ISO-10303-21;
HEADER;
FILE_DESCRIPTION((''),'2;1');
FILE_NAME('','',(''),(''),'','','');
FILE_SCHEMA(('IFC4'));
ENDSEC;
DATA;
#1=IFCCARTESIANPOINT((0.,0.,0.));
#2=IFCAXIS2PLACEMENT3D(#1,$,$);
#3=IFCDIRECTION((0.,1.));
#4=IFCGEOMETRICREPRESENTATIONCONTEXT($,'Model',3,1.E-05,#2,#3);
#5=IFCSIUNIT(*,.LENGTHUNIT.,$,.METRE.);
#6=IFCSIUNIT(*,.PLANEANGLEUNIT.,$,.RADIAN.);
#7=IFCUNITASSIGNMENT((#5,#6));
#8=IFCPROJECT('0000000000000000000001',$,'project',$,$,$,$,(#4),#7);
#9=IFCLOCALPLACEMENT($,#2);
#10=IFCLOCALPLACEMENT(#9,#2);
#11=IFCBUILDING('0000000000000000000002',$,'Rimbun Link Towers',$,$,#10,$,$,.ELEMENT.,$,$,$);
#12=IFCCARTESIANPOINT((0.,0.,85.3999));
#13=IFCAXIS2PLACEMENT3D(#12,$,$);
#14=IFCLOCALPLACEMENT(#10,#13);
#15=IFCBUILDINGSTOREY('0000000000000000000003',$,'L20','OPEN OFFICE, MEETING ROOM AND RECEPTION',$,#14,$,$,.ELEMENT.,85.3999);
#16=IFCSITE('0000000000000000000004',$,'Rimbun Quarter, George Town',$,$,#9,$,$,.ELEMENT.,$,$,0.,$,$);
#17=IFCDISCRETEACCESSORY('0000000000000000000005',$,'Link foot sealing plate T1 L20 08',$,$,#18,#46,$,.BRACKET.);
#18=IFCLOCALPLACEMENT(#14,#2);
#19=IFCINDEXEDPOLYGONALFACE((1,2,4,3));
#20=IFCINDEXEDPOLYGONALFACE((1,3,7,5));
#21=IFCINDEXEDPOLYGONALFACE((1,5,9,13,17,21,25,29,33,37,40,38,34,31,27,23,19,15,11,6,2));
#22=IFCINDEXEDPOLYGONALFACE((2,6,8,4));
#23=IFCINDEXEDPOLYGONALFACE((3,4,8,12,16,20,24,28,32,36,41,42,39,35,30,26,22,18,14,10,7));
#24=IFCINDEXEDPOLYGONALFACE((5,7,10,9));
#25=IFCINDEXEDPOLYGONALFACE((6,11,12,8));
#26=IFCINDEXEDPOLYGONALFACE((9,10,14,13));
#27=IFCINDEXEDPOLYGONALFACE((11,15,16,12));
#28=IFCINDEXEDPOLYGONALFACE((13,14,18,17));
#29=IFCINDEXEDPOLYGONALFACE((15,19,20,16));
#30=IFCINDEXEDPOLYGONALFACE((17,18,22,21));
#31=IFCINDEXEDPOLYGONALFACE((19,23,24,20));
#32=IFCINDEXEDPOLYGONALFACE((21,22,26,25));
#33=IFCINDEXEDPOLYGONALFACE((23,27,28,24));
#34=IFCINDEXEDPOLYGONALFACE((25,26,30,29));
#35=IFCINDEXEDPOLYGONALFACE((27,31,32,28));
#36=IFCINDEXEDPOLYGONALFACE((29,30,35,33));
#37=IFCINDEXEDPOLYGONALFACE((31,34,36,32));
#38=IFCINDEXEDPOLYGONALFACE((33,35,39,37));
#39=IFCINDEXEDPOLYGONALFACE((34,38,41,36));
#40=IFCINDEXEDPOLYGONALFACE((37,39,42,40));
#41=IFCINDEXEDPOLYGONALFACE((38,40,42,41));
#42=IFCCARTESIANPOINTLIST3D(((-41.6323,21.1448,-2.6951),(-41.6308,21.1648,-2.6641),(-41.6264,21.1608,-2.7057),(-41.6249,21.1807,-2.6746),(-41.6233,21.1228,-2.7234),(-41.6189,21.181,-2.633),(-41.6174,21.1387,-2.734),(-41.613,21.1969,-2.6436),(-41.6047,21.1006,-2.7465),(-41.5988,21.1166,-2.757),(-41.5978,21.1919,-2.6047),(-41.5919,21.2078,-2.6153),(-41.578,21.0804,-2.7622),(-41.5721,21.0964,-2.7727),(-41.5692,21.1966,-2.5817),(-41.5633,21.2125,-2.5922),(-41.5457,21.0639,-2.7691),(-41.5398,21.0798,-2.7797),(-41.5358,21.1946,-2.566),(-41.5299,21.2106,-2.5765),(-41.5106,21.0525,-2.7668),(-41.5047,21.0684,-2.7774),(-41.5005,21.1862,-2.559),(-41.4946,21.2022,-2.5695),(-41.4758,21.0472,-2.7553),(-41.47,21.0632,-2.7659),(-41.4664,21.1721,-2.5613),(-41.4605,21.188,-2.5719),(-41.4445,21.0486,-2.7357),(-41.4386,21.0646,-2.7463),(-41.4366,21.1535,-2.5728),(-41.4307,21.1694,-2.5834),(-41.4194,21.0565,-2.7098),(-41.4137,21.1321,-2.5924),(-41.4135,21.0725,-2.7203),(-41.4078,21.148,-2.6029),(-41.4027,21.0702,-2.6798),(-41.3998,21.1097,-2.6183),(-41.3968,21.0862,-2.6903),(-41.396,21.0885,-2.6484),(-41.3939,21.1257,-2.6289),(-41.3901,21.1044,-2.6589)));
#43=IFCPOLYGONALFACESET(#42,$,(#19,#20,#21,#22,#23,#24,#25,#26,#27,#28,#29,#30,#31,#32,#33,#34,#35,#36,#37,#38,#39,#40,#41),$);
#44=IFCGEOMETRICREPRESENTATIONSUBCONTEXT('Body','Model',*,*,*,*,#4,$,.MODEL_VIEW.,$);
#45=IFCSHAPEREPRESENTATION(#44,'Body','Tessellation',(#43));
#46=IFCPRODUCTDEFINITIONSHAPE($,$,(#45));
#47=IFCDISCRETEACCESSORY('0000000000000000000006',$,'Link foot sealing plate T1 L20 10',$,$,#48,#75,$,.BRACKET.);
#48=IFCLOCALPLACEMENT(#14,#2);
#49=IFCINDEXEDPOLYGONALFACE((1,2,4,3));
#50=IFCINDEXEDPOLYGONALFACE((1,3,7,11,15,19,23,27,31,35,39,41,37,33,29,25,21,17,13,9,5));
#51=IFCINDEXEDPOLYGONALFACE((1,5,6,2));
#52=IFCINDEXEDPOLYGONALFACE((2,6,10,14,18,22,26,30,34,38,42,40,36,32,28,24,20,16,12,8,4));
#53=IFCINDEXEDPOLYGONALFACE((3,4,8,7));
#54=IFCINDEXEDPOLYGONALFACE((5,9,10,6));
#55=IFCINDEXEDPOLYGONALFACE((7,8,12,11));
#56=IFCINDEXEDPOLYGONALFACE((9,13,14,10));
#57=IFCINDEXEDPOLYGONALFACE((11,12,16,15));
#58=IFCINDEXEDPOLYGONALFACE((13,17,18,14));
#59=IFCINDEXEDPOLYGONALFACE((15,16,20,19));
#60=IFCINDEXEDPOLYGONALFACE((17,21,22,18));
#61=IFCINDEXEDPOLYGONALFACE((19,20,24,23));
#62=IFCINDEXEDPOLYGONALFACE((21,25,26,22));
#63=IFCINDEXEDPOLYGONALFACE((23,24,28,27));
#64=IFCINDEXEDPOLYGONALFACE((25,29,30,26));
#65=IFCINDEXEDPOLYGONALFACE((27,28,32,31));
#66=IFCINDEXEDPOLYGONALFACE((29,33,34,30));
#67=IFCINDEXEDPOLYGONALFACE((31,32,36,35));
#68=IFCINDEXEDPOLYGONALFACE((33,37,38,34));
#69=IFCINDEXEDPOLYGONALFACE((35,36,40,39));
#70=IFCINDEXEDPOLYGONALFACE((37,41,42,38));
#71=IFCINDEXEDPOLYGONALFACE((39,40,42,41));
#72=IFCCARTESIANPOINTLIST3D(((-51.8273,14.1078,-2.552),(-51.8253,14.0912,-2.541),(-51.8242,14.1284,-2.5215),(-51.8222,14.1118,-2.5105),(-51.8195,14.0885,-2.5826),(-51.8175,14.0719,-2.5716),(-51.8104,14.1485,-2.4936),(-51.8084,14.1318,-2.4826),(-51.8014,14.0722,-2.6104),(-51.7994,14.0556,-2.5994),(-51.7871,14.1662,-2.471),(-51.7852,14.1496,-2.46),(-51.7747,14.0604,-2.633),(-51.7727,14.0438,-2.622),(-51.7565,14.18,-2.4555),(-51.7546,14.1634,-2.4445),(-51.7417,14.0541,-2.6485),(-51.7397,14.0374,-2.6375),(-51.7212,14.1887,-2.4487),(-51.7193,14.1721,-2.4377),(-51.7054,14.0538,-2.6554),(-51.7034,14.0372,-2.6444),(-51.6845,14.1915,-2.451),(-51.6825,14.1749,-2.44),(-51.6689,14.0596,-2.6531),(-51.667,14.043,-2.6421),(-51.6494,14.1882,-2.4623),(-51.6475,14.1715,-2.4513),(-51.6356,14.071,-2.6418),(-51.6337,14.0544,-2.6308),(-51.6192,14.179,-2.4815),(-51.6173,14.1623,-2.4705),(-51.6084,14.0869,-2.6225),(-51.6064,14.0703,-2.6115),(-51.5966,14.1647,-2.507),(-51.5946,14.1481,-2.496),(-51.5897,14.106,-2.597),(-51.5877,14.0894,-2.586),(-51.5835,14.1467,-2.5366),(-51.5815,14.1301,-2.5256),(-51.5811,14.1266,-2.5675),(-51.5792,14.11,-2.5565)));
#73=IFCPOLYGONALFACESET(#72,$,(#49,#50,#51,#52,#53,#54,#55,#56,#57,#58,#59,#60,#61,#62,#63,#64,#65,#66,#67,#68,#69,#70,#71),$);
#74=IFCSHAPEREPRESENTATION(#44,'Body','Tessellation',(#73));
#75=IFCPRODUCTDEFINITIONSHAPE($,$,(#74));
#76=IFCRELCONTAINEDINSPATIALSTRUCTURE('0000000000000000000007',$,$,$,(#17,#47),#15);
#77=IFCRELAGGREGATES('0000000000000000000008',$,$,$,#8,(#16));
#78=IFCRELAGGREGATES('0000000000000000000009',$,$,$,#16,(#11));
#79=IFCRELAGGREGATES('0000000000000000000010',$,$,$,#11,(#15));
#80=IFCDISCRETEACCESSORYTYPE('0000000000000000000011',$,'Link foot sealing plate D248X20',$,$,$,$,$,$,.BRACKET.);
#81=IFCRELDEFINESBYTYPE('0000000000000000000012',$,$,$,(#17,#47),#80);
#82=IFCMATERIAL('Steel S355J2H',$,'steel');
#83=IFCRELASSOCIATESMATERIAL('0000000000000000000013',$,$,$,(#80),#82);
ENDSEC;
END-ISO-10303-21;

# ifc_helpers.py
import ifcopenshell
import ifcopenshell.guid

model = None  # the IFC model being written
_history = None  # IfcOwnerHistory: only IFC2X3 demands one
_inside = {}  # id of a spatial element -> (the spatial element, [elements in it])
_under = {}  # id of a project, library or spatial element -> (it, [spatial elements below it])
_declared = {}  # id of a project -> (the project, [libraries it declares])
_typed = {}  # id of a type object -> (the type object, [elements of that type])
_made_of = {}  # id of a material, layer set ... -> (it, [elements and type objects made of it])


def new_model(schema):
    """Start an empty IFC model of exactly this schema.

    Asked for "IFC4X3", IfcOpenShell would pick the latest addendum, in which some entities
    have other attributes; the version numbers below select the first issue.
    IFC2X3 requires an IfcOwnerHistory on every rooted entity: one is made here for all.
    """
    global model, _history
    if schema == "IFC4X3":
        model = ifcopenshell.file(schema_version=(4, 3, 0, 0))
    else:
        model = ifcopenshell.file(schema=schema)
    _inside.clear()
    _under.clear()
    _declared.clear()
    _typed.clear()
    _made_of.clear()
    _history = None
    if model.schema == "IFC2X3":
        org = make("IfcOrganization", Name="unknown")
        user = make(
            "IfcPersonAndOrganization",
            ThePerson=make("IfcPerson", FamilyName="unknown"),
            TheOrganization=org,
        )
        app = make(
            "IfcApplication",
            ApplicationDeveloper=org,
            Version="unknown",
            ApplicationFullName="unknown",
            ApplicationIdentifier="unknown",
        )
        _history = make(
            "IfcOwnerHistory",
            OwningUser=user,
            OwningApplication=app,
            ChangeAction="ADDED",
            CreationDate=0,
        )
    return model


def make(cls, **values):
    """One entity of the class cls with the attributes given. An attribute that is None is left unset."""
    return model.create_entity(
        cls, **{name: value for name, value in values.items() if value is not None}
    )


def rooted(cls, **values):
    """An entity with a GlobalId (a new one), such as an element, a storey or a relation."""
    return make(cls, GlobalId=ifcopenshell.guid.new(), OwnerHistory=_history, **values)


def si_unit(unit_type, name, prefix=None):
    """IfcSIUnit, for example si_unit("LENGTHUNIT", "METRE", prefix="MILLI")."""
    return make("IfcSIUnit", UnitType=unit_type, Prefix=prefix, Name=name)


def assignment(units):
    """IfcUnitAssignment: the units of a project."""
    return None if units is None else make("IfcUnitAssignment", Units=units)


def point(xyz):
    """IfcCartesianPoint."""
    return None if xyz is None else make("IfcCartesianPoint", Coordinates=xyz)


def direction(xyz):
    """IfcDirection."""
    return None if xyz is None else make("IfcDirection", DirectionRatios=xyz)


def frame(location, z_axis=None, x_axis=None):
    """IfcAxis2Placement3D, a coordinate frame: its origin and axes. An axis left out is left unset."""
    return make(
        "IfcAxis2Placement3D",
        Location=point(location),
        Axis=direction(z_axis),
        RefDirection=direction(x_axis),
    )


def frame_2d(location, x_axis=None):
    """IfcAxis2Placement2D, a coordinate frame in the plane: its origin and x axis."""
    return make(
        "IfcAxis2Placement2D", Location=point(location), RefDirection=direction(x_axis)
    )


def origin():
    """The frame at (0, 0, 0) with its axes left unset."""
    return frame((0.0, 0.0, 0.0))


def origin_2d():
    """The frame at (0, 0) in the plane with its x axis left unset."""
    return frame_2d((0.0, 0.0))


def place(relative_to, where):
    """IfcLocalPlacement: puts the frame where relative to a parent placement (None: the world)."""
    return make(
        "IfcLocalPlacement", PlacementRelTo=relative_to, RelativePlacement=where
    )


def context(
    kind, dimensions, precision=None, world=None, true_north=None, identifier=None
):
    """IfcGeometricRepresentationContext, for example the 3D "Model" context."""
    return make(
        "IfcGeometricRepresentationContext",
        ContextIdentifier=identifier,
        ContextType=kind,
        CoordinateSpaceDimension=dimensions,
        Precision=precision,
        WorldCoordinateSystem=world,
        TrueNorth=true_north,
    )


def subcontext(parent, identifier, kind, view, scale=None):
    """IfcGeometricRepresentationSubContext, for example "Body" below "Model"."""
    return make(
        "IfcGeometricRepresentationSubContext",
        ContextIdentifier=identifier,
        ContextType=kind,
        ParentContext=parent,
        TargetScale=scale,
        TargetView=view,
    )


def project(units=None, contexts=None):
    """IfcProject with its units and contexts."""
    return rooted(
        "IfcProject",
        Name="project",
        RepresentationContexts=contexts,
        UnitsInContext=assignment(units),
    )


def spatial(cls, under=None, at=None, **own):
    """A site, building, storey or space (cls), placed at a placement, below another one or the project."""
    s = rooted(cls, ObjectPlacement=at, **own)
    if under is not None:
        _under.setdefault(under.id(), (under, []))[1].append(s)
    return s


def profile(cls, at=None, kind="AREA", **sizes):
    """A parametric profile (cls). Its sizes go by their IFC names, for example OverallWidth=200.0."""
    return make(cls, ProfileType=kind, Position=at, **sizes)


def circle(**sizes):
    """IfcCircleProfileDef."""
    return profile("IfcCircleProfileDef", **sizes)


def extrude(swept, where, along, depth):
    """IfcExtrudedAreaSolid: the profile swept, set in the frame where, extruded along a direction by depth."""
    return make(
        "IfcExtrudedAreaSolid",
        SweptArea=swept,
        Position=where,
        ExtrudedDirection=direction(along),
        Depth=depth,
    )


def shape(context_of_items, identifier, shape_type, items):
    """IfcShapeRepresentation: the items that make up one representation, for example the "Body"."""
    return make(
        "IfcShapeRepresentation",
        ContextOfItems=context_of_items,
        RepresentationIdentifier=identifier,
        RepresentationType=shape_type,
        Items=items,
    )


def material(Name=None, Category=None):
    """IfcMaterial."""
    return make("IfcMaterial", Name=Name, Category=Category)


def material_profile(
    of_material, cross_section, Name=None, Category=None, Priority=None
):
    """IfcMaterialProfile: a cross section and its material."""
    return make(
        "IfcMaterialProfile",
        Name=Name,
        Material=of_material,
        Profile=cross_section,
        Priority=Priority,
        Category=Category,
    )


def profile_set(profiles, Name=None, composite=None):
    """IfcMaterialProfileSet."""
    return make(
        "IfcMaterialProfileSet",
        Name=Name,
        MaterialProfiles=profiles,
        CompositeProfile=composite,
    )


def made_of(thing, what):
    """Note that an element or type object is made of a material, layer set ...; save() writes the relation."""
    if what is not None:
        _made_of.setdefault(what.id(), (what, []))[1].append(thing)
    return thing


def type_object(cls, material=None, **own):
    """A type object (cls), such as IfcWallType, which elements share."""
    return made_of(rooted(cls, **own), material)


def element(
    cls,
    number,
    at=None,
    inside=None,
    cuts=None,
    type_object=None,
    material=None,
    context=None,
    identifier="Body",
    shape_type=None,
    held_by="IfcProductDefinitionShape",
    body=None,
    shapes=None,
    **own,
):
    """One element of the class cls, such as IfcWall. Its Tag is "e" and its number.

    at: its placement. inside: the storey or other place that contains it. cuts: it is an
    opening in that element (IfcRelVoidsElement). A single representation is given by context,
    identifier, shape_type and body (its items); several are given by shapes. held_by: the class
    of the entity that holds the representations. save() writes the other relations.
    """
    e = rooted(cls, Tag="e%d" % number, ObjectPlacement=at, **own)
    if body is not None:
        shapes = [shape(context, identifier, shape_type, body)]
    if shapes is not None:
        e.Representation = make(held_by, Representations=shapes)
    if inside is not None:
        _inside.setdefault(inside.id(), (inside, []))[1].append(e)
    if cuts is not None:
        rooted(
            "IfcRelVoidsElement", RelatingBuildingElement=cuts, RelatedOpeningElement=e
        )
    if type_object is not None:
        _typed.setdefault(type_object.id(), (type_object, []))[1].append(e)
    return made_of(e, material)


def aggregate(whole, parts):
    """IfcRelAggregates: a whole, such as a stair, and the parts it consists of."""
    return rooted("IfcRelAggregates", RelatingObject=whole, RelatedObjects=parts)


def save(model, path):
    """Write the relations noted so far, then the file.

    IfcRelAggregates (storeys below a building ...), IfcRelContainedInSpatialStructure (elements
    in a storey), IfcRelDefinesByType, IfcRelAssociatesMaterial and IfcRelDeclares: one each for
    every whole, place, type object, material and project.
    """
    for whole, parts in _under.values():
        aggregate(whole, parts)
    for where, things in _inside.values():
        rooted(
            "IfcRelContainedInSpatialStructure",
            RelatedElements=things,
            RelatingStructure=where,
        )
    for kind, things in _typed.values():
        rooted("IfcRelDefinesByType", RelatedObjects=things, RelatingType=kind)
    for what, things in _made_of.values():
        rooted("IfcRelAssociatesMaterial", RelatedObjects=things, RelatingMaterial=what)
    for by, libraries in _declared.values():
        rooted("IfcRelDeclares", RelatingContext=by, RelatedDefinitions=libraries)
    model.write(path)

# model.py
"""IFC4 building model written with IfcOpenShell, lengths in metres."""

from ifc_helpers import new_model, si_unit, direction, frame, origin, origin_2d, place, context, subcontext, project, spatial, circle, extrude, material, material_profile, profile_set, type_object, element, save


model = new_model("IFC4")

# Units and contexts
model_context = context("Model", 3, precision=1e-05, world=origin(), true_north=direction((0.0, 1.0)))
body_context = subcontext(model_context, "Body", "Model", "MODEL_VIEW")
ifc_project = project(units=[si_unit("LENGTHUNIT", "METRE"), si_unit("PLANEANGLEUNIT", "RADIAN")], contexts=[model_context])

# Site, building, storey
site_placement = place(None, origin())
site = spatial("IfcSite", under=ifc_project, at=site_placement, Name="Rimbun Quarter, George Town", CompositionType="ELEMENT", RefElevation=0.0)
building_placement = place(site_placement, origin())
building = spatial("IfcBuilding", under=site, at=building_placement, Name="Rimbun Link Towers", CompositionType="ELEMENT")
storey_placement = place(building_placement, frame((0.0, 0.0, 85.3999)))
storey = spatial("IfcBuildingStorey", under=building, at=storey_placement, Name="L20", Description="OPEN OFFICE, MEETING ROOM AND RECEPTION", CompositionType="ELEMENT", Elevation=85.3999)

# Discrete accessories
ifc_material_1 = material(Name="Steel S355J2H", Category="steel")
ifc_material_profile_1 = material_profile(ifc_material_1, circle(Radius=0.124, at=origin_2d()), Name="PL D248")
ifc_profile_set_1 = profile_set([ifc_material_profile_1], Name="Steel S355J2H")
discrete_accessory_type = type_object("IfcDiscreteAccessoryType", Name="Link foot sealing plate D248X20", PredefinedType="BRACKET", material=ifc_profile_set_1)
for number, where, z_axis, x_axis, name in (
    (1, (-41.5144, 21.1218, -2.6641), (0.294307, 0.797081, -0.5273), (-0.938096, 0.346374, 0.0), "Link foot sealing plate T1 L20 08"),
    (2, (-51.7021, 14.1057, -2.541), (-0.097641, 0.829947, -0.54923), (-0.993151, -0.116841, 0.0), "Link foot sealing plate T1 L20 10"),
):
    element("IfcDiscreteAccessory", number, at=place(storey_placement, frame(where, z_axis=z_axis, x_axis=x_axis)), inside=storey, type_object=discrete_accessory_type, Name=name, PredefinedType="BRACKET", context=body_context, shape_type="SweptSolid", body=[
        extrude(circle(Radius=0.124, at=origin_2d()), origin(), (0.0, 0.0, 1.0), 0.02),
    ])

save(model, "model.ifc")
